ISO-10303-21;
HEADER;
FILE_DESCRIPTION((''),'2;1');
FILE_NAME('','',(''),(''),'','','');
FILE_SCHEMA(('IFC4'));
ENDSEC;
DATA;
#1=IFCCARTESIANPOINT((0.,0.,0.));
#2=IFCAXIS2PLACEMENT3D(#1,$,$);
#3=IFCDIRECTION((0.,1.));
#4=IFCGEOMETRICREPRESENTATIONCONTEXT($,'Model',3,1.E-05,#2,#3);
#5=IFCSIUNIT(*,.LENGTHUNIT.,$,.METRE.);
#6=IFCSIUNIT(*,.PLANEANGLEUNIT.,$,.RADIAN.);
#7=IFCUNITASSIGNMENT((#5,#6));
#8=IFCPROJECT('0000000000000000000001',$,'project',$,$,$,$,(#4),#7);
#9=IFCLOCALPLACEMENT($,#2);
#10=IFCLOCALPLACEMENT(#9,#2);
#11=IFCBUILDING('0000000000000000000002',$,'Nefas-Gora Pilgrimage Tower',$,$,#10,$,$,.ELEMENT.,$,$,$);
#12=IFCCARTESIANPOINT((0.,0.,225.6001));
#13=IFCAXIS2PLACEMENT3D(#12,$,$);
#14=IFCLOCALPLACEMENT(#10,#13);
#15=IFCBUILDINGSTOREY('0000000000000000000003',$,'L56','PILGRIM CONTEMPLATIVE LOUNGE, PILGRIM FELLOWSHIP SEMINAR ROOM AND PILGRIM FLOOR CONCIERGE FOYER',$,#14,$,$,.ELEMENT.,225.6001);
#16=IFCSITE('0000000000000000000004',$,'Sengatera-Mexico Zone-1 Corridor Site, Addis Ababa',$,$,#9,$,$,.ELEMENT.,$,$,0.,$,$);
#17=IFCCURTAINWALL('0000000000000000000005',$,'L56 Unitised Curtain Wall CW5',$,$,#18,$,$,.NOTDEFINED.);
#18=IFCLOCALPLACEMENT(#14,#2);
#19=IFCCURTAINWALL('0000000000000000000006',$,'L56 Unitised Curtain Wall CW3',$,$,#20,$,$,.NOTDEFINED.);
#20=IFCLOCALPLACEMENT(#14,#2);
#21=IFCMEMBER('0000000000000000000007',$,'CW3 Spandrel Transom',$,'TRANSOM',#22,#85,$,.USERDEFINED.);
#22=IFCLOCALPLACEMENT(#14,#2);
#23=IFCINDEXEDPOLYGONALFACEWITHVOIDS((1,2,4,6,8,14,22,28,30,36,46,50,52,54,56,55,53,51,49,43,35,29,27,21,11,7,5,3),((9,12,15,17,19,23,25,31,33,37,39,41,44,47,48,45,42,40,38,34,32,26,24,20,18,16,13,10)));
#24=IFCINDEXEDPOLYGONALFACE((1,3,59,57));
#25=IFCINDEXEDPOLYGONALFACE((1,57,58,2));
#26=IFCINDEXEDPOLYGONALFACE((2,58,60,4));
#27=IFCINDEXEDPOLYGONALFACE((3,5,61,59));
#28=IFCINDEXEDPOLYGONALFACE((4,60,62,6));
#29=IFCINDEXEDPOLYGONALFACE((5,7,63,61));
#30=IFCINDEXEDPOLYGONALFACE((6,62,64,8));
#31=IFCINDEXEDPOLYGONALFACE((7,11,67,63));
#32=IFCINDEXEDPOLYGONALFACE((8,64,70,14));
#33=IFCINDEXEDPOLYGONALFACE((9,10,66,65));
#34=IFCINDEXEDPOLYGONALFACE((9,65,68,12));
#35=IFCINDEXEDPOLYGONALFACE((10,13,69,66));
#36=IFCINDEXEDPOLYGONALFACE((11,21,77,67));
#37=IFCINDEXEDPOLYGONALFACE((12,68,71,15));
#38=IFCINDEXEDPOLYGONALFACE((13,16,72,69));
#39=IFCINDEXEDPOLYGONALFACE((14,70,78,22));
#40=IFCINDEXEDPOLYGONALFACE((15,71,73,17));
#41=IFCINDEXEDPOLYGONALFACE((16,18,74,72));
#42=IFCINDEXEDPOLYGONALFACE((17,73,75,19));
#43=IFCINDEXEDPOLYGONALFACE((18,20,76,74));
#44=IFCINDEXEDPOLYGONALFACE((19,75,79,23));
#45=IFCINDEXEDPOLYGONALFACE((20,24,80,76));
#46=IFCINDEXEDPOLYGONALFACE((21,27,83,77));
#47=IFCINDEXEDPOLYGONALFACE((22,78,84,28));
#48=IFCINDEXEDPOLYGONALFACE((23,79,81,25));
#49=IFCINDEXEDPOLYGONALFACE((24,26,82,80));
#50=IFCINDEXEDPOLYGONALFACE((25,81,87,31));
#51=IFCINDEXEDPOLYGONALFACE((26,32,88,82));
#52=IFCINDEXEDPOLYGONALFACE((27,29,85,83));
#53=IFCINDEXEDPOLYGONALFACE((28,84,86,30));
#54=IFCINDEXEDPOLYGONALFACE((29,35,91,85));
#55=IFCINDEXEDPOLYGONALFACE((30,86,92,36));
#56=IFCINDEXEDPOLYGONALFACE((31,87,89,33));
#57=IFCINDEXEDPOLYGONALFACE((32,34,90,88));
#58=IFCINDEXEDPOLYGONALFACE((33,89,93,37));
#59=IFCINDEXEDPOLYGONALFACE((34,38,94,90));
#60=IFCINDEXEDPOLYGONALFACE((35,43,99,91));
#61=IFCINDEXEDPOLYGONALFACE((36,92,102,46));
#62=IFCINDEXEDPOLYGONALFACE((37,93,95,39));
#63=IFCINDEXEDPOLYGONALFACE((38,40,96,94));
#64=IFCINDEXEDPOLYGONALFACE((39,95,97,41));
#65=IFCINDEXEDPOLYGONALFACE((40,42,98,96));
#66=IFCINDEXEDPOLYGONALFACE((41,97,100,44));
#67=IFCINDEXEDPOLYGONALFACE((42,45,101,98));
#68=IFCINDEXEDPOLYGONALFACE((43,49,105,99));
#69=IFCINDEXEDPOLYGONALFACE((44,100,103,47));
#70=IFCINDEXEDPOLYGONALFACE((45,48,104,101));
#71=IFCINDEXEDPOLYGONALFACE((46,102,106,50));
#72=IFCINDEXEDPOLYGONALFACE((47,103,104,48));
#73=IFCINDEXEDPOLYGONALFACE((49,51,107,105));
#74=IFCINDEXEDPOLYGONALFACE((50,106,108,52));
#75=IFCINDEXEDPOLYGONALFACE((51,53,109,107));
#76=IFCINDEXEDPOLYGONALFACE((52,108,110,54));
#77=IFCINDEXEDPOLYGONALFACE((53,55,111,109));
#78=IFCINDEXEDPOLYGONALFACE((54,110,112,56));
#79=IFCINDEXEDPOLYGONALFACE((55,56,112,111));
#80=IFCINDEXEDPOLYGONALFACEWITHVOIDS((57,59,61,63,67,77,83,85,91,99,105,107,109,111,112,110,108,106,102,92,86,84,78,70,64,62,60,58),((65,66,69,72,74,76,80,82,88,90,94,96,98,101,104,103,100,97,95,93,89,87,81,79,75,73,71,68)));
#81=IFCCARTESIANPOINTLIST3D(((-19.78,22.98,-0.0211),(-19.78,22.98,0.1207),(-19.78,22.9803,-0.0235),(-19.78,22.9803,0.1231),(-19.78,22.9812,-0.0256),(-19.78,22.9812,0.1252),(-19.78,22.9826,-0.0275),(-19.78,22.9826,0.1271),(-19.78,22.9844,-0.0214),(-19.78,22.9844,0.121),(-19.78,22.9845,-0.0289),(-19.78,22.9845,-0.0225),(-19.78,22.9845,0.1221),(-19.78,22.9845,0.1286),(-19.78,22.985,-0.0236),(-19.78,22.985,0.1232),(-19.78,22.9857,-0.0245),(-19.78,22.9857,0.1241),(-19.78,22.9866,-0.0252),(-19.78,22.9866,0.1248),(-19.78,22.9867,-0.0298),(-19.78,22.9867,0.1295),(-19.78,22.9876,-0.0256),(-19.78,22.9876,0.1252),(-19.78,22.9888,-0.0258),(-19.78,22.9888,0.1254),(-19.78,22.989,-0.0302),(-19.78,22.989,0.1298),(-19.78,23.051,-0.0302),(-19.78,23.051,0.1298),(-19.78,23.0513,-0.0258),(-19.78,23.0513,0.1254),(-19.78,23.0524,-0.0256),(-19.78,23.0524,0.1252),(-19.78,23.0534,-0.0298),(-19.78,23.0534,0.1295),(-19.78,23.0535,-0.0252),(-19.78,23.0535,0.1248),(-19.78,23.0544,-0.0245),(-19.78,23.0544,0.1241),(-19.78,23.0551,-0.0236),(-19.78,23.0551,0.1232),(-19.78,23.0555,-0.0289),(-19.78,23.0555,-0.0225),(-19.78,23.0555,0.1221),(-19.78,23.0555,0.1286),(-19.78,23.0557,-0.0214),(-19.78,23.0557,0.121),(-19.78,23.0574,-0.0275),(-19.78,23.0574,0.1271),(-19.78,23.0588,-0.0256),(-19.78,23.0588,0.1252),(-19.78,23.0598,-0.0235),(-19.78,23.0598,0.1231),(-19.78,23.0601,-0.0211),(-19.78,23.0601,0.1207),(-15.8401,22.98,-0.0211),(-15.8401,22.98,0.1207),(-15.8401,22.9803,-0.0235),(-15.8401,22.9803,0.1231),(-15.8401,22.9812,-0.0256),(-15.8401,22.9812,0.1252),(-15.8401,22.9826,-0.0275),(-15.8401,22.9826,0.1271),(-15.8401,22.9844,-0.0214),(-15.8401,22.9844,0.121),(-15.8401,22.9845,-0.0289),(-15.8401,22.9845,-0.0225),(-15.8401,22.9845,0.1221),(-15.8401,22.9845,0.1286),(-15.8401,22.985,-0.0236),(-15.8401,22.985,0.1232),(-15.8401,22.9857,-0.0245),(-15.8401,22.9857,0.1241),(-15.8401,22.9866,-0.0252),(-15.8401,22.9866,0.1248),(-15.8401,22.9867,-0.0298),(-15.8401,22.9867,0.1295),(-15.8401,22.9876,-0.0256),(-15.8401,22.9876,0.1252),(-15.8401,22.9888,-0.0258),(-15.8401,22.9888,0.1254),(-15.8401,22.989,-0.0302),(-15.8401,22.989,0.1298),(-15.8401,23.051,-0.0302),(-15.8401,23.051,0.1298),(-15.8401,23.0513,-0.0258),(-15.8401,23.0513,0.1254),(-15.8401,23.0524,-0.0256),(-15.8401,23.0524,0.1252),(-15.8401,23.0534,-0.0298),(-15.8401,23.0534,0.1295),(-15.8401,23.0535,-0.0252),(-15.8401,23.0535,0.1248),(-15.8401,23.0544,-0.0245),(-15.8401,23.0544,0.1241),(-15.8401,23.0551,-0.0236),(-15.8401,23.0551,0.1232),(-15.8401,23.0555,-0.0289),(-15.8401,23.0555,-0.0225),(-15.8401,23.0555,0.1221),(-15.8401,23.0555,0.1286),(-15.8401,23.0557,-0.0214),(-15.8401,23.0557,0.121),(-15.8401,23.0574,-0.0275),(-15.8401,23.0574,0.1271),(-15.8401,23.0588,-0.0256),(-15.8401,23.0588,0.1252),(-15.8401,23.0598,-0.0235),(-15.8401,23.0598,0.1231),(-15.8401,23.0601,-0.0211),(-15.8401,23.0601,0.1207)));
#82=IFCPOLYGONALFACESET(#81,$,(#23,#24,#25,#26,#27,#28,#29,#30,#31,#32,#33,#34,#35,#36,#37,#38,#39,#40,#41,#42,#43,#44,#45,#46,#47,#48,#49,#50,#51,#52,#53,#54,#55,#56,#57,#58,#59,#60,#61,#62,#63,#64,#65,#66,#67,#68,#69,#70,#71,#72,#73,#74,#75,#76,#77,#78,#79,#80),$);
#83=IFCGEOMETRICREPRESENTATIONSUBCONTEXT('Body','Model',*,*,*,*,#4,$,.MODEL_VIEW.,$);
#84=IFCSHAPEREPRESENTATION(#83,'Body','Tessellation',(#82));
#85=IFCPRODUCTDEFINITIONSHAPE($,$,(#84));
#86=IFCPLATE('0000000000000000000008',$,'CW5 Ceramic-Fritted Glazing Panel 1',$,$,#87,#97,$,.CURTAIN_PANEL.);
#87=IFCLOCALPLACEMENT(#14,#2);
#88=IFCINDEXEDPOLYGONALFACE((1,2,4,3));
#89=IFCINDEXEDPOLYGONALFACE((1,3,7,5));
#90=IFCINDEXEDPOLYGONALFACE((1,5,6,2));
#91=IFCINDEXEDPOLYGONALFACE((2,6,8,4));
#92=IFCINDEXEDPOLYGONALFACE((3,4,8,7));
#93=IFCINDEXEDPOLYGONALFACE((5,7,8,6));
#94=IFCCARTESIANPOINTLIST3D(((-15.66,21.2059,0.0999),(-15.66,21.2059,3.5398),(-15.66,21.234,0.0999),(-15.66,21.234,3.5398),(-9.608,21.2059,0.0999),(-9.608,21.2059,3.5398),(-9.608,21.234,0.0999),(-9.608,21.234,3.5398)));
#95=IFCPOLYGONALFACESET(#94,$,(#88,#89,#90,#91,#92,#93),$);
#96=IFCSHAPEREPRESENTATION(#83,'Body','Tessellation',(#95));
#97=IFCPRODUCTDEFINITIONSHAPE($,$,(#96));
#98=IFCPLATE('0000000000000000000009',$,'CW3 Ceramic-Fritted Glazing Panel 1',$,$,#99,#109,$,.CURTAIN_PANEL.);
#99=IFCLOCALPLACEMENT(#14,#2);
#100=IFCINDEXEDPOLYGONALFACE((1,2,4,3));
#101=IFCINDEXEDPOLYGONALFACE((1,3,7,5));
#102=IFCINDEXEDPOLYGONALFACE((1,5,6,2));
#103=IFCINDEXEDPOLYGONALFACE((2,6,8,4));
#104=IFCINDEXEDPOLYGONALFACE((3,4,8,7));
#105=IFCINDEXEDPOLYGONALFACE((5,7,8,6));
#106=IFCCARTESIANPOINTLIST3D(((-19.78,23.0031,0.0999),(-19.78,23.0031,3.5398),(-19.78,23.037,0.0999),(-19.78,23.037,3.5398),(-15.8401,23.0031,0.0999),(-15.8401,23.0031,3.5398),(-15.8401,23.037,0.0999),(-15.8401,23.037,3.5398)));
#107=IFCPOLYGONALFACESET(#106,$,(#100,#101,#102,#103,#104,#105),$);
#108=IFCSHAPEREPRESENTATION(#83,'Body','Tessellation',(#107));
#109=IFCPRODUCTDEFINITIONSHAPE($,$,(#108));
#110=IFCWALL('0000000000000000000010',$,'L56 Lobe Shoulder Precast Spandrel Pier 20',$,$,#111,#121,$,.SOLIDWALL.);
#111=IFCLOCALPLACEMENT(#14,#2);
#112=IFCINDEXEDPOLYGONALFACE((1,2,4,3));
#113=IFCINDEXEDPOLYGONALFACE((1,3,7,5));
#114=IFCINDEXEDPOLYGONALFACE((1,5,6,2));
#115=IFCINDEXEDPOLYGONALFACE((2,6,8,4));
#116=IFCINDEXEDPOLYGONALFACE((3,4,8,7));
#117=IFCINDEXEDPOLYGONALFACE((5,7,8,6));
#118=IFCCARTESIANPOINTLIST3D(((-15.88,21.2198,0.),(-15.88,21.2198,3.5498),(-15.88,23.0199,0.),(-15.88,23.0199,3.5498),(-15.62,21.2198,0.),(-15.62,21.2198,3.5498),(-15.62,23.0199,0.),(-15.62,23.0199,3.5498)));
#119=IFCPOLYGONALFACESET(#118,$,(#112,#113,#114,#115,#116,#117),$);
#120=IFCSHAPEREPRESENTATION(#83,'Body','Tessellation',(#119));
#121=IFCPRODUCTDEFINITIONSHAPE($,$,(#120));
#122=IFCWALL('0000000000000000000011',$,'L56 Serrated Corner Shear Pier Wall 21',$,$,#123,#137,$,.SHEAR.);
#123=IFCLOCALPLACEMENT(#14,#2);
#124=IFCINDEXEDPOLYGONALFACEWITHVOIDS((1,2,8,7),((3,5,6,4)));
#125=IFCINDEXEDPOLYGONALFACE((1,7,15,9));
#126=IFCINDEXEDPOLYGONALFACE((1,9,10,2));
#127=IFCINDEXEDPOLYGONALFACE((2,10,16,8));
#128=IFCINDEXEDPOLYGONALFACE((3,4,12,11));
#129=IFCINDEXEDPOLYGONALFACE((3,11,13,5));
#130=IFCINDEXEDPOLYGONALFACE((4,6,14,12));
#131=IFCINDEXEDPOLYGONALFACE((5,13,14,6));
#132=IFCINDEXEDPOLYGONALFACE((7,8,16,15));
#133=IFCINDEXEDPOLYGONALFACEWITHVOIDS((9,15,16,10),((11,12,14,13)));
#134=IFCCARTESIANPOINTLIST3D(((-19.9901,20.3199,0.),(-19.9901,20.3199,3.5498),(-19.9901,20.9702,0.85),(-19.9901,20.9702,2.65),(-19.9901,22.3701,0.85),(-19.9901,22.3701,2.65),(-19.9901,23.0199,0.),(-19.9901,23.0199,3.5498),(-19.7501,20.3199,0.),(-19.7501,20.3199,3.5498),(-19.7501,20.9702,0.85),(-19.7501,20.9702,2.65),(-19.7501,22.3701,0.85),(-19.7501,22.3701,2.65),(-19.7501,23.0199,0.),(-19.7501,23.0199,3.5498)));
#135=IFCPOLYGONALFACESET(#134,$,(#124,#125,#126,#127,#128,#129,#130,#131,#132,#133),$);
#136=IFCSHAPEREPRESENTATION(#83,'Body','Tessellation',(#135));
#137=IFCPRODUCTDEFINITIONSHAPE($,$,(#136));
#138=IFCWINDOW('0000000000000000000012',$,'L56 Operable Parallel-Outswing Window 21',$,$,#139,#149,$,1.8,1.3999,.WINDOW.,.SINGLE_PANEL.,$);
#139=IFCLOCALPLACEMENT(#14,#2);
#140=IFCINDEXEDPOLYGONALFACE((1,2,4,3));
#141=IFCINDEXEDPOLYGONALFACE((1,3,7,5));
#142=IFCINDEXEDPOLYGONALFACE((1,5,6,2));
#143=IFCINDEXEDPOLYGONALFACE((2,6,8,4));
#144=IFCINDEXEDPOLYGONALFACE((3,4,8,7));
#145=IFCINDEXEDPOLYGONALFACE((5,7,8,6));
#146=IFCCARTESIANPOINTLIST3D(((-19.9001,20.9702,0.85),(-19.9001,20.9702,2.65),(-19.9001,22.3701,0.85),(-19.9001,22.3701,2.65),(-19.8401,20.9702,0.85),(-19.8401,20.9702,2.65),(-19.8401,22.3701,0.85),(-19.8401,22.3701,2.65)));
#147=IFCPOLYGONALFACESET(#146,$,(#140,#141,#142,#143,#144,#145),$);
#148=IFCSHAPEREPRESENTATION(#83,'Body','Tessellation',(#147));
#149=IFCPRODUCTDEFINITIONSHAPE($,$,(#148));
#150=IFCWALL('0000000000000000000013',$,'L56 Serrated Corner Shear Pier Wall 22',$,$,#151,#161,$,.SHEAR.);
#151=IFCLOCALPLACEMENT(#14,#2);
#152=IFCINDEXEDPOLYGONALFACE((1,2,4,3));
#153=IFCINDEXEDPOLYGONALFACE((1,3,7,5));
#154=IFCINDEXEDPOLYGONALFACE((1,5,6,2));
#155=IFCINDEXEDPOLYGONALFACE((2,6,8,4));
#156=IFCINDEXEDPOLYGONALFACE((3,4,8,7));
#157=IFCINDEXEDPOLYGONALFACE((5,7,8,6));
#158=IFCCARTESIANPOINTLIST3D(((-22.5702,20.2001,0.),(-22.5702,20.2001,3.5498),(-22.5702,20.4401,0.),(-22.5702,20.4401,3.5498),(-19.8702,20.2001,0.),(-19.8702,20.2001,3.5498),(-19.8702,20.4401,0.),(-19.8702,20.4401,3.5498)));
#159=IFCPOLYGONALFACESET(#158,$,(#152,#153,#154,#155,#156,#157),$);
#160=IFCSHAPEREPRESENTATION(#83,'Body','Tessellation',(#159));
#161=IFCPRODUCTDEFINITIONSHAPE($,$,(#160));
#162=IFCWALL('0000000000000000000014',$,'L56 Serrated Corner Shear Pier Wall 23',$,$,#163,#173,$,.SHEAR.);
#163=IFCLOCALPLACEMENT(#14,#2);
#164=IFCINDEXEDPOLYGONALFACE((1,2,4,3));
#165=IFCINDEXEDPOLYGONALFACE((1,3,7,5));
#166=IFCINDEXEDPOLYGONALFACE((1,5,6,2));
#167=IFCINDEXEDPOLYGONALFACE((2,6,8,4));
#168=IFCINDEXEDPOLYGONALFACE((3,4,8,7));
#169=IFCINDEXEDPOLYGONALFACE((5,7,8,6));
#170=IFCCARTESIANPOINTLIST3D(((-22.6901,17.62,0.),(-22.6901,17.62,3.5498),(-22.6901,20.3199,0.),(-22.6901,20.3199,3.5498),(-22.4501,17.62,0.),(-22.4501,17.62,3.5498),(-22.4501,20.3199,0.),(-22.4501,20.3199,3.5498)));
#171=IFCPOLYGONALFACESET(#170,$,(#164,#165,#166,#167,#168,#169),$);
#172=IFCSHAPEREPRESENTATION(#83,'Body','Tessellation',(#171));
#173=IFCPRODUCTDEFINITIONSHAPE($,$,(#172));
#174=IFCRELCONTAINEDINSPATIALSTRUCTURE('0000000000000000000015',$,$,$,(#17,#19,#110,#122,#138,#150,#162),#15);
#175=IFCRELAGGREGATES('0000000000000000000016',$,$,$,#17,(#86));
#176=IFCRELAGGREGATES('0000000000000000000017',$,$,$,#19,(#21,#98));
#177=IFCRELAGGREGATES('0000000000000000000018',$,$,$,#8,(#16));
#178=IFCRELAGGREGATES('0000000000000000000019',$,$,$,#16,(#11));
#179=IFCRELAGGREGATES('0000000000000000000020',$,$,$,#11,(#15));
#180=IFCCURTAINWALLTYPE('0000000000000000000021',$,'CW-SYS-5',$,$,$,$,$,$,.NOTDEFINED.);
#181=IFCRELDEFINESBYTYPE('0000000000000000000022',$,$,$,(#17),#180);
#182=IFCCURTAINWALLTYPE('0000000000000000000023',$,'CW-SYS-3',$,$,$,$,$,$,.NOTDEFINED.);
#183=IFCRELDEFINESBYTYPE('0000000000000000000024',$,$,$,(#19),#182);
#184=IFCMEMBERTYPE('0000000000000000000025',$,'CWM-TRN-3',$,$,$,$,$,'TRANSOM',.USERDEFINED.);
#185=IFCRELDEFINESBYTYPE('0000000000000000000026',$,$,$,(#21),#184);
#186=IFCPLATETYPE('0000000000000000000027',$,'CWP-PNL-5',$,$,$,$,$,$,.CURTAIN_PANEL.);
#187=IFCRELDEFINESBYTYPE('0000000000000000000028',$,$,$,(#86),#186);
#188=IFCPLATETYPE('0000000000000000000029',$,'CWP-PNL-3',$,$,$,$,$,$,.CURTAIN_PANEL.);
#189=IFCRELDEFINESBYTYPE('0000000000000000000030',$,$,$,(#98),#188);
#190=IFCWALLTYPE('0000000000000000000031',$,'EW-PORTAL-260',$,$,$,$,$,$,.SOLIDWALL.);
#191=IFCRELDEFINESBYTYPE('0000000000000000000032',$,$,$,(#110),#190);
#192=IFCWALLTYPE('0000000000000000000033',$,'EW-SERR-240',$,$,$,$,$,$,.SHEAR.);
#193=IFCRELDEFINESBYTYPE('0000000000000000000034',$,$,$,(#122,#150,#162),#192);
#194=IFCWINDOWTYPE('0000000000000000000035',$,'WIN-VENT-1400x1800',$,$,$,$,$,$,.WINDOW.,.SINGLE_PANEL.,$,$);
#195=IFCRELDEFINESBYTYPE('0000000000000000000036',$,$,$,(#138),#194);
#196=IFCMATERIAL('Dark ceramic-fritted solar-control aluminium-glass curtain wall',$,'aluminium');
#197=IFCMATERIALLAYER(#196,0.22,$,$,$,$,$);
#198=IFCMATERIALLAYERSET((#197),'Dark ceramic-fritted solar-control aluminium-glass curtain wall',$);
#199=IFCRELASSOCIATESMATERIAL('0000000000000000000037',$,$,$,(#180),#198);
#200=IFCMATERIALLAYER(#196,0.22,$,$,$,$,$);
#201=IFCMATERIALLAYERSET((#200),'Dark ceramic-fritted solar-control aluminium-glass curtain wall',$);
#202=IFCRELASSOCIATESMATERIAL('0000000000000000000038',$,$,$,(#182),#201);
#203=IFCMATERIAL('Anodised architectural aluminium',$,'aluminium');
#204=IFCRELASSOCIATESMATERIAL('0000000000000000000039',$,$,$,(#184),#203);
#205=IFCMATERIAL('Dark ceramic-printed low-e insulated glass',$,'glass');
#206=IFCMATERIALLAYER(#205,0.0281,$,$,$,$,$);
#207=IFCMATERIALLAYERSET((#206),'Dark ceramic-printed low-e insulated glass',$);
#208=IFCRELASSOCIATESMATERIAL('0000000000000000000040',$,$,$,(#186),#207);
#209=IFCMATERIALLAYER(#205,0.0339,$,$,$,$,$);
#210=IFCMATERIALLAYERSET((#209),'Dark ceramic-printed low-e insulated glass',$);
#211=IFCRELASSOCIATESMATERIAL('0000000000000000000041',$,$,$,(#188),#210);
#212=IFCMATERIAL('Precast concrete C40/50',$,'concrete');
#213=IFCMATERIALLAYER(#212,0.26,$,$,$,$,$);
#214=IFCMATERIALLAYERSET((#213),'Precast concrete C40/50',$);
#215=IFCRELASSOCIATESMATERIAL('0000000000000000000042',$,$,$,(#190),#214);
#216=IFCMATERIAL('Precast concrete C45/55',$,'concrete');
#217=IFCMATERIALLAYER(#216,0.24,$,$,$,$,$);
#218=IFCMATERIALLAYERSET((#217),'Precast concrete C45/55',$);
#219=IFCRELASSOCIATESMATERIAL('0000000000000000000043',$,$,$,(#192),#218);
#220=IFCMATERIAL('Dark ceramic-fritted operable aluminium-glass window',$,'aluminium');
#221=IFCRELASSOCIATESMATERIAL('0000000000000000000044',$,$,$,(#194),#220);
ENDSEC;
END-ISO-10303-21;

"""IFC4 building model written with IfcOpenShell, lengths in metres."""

from ifc_helpers import new_model, si_unit, direction, frame, frame_2d, origin, origin_2d, place, context, subcontext, project, spatial, rectangle, hollow_rectangle, extrude, source, transform, mapped, material, layer, layer_set, material_profile, profile_set, type_object, element, fill, aggregate, save


model = new_model("IFC4")

# Units and contexts
model_context = context("Model", 3, precision=1e-05, world=origin(), true_north=direction((0.0, 1.0)))
body_context = subcontext(model_context, "Body", "Model", "MODEL_VIEW")
ifc_project = project(units=[si_unit("LENGTHUNIT", "METRE"), si_unit("PLANEANGLEUNIT", "RADIAN")], contexts=[model_context])

# Site, building, storey
site_placement = place(None, origin())
site = spatial("IfcSite", under=ifc_project, at=site_placement, Name="Sengatera-Mexico Zone-1 Corridor Site, Addis Ababa", CompositionType="ELEMENT", RefElevation=0.0)
building_placement = place(site_placement, origin())
building = spatial("IfcBuilding", under=site, at=building_placement, Name="Nefas-Gora Pilgrimage Tower", CompositionType="ELEMENT")
storey_placement = place(building_placement, frame((0.0, 0.0, 225.6001)))
storey = spatial("IfcBuildingStorey", under=building, at=storey_placement, Name="L56", Description="PILGRIM CONTEMPLATIVE LOUNGE, PILGRIM FELLOWSHIP SEMINAR ROOM AND PILGRIM FLOOR CONCIERGE FOYER", CompositionType="ELEMENT", Elevation=225.6001)

# Curtain wall
ifc_material_1 = material(Name="Dark ceramic-fritted solar-control aluminium-glass curtain wall", Category="aluminium")
ifc_layer_1 = layer(ifc_material_1, 0.22)
ifc_layer_set_1 = layer_set([ifc_layer_1], Name="Dark ceramic-fritted solar-control aluminium-glass curtain wall")
curtain_wall_type_1 = type_object("IfcCurtainWallType", Name="CW-SYS-5", PredefinedType="NOTDEFINED", material=ifc_layer_set_1)
curtain_wall_1_placement = place(storey_placement, origin())
curtain_wall_1 = element("IfcCurtainWall", 1, at=curtain_wall_1_placement, inside=storey, type_object=curtain_wall_type_1, Name="L56 Unitised Curtain Wall CW5", PredefinedType="NOTDEFINED")
ifc_material_2 = material(Name="Anodised architectural aluminium", Category="aluminium")

# Curtain wall
ifc_layer_2 = layer(ifc_material_1, 0.22)
ifc_layer_set_2 = layer_set([ifc_layer_2], Name="Dark ceramic-fritted solar-control aluminium-glass curtain wall")
curtain_wall_type_2 = type_object("IfcCurtainWallType", Name="CW-SYS-3", PredefinedType="NOTDEFINED", material=ifc_layer_set_2)
curtain_wall_2_placement = place(storey_placement, origin())
curtain_wall_2 = element("IfcCurtainWall", 2, at=curtain_wall_2_placement, inside=storey, type_object=curtain_wall_type_2, Name="L56 Unitised Curtain Wall CW3", PredefinedType="NOTDEFINED")
ifc_material_profile_1 = material_profile(ifc_material_2, hollow_rectangle(XDim=0.0801, YDim=0.1599, WallThickness=0.0044, InnerFilletRadius=0.0044, OuterFilletRadius=0.009, at=origin_2d()), Name="ALU TRANSOM 80x160")
ifc_profile_set_1 = profile_set([ifc_material_profile_1], Name="Anodised architectural aluminium")
member_type_1 = type_object("IfcMemberType", Name="CWM-TRN-3", ElementType="TRANSOM", PredefinedType="USERDEFINED", material=ifc_profile_set_1)

# Member
shared_shape_1 = source(origin(), body_context, "Body", "SweptSolid", [
    extrude(hollow_rectangle(XDim=0.0801, YDim=0.1599, WallThickness=0.0044, InnerFilletRadius=0.0044, OuterFilletRadius=0.009, at=origin_2d()), origin(), (0.0, 0.0, 1.0), 3.9399),
])
member_1_placement = place(storey_placement, frame((-15.8401, 23.02, 0.0498), z_axis=(-1.0, 0.0, 0.0), x_axis=(0.0, -1.0, 0.0)))
member_1 = element("IfcMember", 3, at=member_1_placement, type_object=member_type_1, Name="CW3 Spandrel Transom", ObjectType="TRANSOM", PredefinedType="USERDEFINED", context=body_context, shape_type="MappedRepresentation", body=[
    mapped(shared_shape_1, transform((0.0, 0.0, 0.0), x_axis=(1.0, 0.0, 0.0), y_axis=(0.0, 1.0, 0.0), z_axis=(0.0, 0.0, 1.0), scale=1.0)),
])

# Plates
ifc_material_3 = material(Name="Dark ceramic-printed low-e insulated glass", Category="glass")
ifc_layer_3 = layer(ifc_material_3, 0.0281)
ifc_layer_set_3 = layer_set([ifc_layer_3], Name="Dark ceramic-printed low-e insulated glass")
plate_type_1 = type_object("IfcPlateType", Name="CWP-PNL-5", PredefinedType="CURTAIN_PANEL", material=ifc_layer_set_3)
shared_shape_2 = source(origin(), body_context, "Body", "SweptSolid", [
    extrude(rectangle(XDim=6.052, YDim=0.0281, at=origin_2d()), origin(), (0.0, 0.0, 1.0), 3.4399),
])
plate_1_placement = place(storey_placement, frame((-12.634, 21.22, 0.0999), z_axis=(0.0, 0.0, 1.0), x_axis=(-1.0, 0.0, 0.0)))
plate_1 = element("IfcPlate", 4, at=plate_1_placement, type_object=plate_type_1, Name="CW5 Ceramic-Fritted Glazing Panel 1", PredefinedType="CURTAIN_PANEL", context=body_context, shape_type="MappedRepresentation", body=[
    mapped(shared_shape_2, transform((0.0, 0.0, 0.0), x_axis=(1.0, 0.0, 0.0), y_axis=(0.0, 1.0, 0.0), z_axis=(0.0, 0.0, 1.0), scale=1.0)),
])
aggregate(curtain_wall_1, [plate_1])
ifc_layer_4 = layer(ifc_material_3, 0.0339)
ifc_layer_set_4 = layer_set([ifc_layer_4], Name="Dark ceramic-printed low-e insulated glass")
plate_type_2 = type_object("IfcPlateType", Name="CWP-PNL-3", PredefinedType="CURTAIN_PANEL", material=ifc_layer_set_4)
shared_shape_3 = source(origin(), body_context, "Body", "SweptSolid", [
    extrude(rectangle(XDim=3.9399, YDim=0.0339, at=origin_2d()), origin(), (0.0, 0.0, 1.0), 3.4399),
])
plate_2_placement = place(storey_placement, frame((-17.8101, 23.02, 0.0999), z_axis=(0.0, 0.0, 1.0), x_axis=(-1.0, 0.0, 0.0)))
plate_2 = element("IfcPlate", 5, at=plate_2_placement, type_object=plate_type_2, Name="CW3 Ceramic-Fritted Glazing Panel 1", PredefinedType="CURTAIN_PANEL", context=body_context, shape_type="MappedRepresentation", body=[
    mapped(shared_shape_3, transform((0.0, 0.0, 0.0), x_axis=(1.0, 0.0, 0.0), y_axis=(0.0, 1.0, 0.0), z_axis=(0.0, 0.0, 1.0), scale=1.0)),
])
aggregate(curtain_wall_2, [member_1, plate_2])

# Wall
ifc_material_4 = material(Name="Precast concrete C40/50", Category="concrete")
ifc_layer_5 = layer(ifc_material_4, 0.26)
ifc_layer_set_5 = layer_set([ifc_layer_5], Name="Precast concrete C40/50")
wall_type_1 = type_object("IfcWallType", Name="EW-PORTAL-260", PredefinedType="SOLIDWALL", material=ifc_layer_set_5)
shared_shape_4 = source(origin(), body_context, "Body", "SweptSolid", [
    extrude(rectangle(XDim=1.8, YDim=0.26, at=frame_2d((0.8999, 0.0))), origin(), (0.0, 0.0, 1.0), 3.5498),
])
wall_1_placement = place(storey_placement, frame((-15.75, 21.22, 0.0), z_axis=(0.0, 0.0, 1.0), x_axis=(0.0, 1.0, 0.0)))
element("IfcWall", 6, at=wall_1_placement, inside=storey, type_object=wall_type_1, Name="L56 Lobe Shoulder Precast Spandrel Pier 20", PredefinedType="SOLIDWALL", context=body_context, shape_type="MappedRepresentation", body=[
    mapped(shared_shape_4, transform((0.0, 0.0, 0.0), x_axis=(1.0, 0.0, 0.0), y_axis=(0.0, 1.0, 0.0), z_axis=(0.0, 0.0, 1.0), scale=1.0)),
])

# Wall, opening, window
ifc_material_5 = material(Name="Precast concrete C45/55", Category="concrete")
ifc_layer_6 = layer(ifc_material_5, 0.24)
ifc_layer_set_6 = layer_set([ifc_layer_6], Name="Precast concrete C45/55")
wall_type_2 = type_object("IfcWallType", Name="EW-SERR-240", PredefinedType="SHEAR", material=ifc_layer_set_6)
shared_shape_5 = source(origin(), body_context, "Body", "SweptSolid", [
    extrude(rectangle(XDim=2.7, YDim=0.24, at=frame_2d((1.3501, 0.0))), origin(), (0.0, 0.0, 1.0), 3.5498),
])
wall_2_placement = place(storey_placement, frame((-19.8701, 23.02, 0.0), z_axis=(0.0, 0.0, 1.0), x_axis=(0.0, -1.0, 0.0)))
wall_2 = element("IfcWall", 7, at=wall_2_placement, inside=storey, type_object=wall_type_2, Name="L56 Serrated Corner Shear Pier Wall 21", PredefinedType="SHEAR", context=body_context, shape_type="MappedRepresentation", body=[
    mapped(shared_shape_5, transform((0.0, 0.0, 0.0), x_axis=(1.0, 0.0, 0.0), y_axis=(0.0, 1.0, 0.0), z_axis=(0.0, 0.0, 1.0), scale=1.0)),
])
opening_1_placement = place(wall_2_placement, frame((0.6499, 0.0, 0.8501)))
opening_1 = element("IfcOpeningElement", 8, at=opening_1_placement, cuts=wall_2, PredefinedType="OPENING", context=body_context, shape_type="SweptSolid", body=[
    extrude(rectangle(XDim=1.3999, YDim=1.8, at=frame_2d((0.7, 0.8999))), frame((0.0, 0.1299, 0.0), z_axis=(0.0, -1.0, 0.0), x_axis=(1.0, 0.0, 0.0)), (0.0, 0.0, 1.0), 0.26),
])
ifc_material_6 = material(Name="Dark ceramic-fritted operable aluminium-glass window", Category="aluminium")
window_type = type_object("IfcWindowType", Name="WIN-VENT-1400x1800", PartitioningType="SINGLE_PANEL", PredefinedType="WINDOW", material=ifc_material_6)
shared_shape_6 = source(origin(), body_context, "Body", "SweptSolid", [
    extrude(rectangle(XDim=1.3999, YDim=1.8, at=frame_2d((0.7, 0.8999))), frame((0.0, 0.03, 0.0), z_axis=(0.0, -1.0, 0.0), x_axis=(1.0, 0.0, 0.0)), (0.0, 0.0, 1.0), 0.0601),
])
window_placement = place(opening_1_placement, origin())
window = element("IfcWindow", 9, at=window_placement, inside=storey, type_object=window_type, Name="L56 Operable Parallel-Outswing Window 21", OverallHeight=1.8, OverallWidth=1.3999, PartitioningType="SINGLE_PANEL", PredefinedType="WINDOW", context=body_context, shape_type="MappedRepresentation", body=[
    mapped(shared_shape_6, transform((0.0, 0.0, 0.0), x_axis=(1.0, 0.0, 0.0), y_axis=(0.0, 1.0, 0.0), z_axis=(0.0, 0.0, 1.0), scale=1.0)),
])
fill(opening_1, window)

# Walls
for number, where, z_axis, x_axis, name in (
    (10, (-19.8701, 20.3201, 0.0), (0.0, 0.0, 1.0), (-1.0, 0.0, 0.0), "L56 Serrated Corner Shear Pier Wall 22"),
    (11, (-22.5701, 20.3201, 0.0), (0.0, 0.0, 1.0), (0.0, -1.0, 0.0), "L56 Serrated Corner Shear Pier Wall 23"),
):
    element("IfcWall", number, at=place(storey_placement, frame(where, z_axis=z_axis, x_axis=x_axis)), inside=storey, type_object=wall_type_2, Name=name, PredefinedType="SHEAR", context=body_context, shape_type="MappedRepresentation", body=[
        mapped(shared_shape_5, transform((0.0, 0.0, 0.0), x_axis=(1.0, 0.0, 0.0), y_axis=(0.0, 1.0, 0.0), z_axis=(0.0, 0.0, 1.0), scale=1.0)),
    ])

save(model, "model.ifc")
